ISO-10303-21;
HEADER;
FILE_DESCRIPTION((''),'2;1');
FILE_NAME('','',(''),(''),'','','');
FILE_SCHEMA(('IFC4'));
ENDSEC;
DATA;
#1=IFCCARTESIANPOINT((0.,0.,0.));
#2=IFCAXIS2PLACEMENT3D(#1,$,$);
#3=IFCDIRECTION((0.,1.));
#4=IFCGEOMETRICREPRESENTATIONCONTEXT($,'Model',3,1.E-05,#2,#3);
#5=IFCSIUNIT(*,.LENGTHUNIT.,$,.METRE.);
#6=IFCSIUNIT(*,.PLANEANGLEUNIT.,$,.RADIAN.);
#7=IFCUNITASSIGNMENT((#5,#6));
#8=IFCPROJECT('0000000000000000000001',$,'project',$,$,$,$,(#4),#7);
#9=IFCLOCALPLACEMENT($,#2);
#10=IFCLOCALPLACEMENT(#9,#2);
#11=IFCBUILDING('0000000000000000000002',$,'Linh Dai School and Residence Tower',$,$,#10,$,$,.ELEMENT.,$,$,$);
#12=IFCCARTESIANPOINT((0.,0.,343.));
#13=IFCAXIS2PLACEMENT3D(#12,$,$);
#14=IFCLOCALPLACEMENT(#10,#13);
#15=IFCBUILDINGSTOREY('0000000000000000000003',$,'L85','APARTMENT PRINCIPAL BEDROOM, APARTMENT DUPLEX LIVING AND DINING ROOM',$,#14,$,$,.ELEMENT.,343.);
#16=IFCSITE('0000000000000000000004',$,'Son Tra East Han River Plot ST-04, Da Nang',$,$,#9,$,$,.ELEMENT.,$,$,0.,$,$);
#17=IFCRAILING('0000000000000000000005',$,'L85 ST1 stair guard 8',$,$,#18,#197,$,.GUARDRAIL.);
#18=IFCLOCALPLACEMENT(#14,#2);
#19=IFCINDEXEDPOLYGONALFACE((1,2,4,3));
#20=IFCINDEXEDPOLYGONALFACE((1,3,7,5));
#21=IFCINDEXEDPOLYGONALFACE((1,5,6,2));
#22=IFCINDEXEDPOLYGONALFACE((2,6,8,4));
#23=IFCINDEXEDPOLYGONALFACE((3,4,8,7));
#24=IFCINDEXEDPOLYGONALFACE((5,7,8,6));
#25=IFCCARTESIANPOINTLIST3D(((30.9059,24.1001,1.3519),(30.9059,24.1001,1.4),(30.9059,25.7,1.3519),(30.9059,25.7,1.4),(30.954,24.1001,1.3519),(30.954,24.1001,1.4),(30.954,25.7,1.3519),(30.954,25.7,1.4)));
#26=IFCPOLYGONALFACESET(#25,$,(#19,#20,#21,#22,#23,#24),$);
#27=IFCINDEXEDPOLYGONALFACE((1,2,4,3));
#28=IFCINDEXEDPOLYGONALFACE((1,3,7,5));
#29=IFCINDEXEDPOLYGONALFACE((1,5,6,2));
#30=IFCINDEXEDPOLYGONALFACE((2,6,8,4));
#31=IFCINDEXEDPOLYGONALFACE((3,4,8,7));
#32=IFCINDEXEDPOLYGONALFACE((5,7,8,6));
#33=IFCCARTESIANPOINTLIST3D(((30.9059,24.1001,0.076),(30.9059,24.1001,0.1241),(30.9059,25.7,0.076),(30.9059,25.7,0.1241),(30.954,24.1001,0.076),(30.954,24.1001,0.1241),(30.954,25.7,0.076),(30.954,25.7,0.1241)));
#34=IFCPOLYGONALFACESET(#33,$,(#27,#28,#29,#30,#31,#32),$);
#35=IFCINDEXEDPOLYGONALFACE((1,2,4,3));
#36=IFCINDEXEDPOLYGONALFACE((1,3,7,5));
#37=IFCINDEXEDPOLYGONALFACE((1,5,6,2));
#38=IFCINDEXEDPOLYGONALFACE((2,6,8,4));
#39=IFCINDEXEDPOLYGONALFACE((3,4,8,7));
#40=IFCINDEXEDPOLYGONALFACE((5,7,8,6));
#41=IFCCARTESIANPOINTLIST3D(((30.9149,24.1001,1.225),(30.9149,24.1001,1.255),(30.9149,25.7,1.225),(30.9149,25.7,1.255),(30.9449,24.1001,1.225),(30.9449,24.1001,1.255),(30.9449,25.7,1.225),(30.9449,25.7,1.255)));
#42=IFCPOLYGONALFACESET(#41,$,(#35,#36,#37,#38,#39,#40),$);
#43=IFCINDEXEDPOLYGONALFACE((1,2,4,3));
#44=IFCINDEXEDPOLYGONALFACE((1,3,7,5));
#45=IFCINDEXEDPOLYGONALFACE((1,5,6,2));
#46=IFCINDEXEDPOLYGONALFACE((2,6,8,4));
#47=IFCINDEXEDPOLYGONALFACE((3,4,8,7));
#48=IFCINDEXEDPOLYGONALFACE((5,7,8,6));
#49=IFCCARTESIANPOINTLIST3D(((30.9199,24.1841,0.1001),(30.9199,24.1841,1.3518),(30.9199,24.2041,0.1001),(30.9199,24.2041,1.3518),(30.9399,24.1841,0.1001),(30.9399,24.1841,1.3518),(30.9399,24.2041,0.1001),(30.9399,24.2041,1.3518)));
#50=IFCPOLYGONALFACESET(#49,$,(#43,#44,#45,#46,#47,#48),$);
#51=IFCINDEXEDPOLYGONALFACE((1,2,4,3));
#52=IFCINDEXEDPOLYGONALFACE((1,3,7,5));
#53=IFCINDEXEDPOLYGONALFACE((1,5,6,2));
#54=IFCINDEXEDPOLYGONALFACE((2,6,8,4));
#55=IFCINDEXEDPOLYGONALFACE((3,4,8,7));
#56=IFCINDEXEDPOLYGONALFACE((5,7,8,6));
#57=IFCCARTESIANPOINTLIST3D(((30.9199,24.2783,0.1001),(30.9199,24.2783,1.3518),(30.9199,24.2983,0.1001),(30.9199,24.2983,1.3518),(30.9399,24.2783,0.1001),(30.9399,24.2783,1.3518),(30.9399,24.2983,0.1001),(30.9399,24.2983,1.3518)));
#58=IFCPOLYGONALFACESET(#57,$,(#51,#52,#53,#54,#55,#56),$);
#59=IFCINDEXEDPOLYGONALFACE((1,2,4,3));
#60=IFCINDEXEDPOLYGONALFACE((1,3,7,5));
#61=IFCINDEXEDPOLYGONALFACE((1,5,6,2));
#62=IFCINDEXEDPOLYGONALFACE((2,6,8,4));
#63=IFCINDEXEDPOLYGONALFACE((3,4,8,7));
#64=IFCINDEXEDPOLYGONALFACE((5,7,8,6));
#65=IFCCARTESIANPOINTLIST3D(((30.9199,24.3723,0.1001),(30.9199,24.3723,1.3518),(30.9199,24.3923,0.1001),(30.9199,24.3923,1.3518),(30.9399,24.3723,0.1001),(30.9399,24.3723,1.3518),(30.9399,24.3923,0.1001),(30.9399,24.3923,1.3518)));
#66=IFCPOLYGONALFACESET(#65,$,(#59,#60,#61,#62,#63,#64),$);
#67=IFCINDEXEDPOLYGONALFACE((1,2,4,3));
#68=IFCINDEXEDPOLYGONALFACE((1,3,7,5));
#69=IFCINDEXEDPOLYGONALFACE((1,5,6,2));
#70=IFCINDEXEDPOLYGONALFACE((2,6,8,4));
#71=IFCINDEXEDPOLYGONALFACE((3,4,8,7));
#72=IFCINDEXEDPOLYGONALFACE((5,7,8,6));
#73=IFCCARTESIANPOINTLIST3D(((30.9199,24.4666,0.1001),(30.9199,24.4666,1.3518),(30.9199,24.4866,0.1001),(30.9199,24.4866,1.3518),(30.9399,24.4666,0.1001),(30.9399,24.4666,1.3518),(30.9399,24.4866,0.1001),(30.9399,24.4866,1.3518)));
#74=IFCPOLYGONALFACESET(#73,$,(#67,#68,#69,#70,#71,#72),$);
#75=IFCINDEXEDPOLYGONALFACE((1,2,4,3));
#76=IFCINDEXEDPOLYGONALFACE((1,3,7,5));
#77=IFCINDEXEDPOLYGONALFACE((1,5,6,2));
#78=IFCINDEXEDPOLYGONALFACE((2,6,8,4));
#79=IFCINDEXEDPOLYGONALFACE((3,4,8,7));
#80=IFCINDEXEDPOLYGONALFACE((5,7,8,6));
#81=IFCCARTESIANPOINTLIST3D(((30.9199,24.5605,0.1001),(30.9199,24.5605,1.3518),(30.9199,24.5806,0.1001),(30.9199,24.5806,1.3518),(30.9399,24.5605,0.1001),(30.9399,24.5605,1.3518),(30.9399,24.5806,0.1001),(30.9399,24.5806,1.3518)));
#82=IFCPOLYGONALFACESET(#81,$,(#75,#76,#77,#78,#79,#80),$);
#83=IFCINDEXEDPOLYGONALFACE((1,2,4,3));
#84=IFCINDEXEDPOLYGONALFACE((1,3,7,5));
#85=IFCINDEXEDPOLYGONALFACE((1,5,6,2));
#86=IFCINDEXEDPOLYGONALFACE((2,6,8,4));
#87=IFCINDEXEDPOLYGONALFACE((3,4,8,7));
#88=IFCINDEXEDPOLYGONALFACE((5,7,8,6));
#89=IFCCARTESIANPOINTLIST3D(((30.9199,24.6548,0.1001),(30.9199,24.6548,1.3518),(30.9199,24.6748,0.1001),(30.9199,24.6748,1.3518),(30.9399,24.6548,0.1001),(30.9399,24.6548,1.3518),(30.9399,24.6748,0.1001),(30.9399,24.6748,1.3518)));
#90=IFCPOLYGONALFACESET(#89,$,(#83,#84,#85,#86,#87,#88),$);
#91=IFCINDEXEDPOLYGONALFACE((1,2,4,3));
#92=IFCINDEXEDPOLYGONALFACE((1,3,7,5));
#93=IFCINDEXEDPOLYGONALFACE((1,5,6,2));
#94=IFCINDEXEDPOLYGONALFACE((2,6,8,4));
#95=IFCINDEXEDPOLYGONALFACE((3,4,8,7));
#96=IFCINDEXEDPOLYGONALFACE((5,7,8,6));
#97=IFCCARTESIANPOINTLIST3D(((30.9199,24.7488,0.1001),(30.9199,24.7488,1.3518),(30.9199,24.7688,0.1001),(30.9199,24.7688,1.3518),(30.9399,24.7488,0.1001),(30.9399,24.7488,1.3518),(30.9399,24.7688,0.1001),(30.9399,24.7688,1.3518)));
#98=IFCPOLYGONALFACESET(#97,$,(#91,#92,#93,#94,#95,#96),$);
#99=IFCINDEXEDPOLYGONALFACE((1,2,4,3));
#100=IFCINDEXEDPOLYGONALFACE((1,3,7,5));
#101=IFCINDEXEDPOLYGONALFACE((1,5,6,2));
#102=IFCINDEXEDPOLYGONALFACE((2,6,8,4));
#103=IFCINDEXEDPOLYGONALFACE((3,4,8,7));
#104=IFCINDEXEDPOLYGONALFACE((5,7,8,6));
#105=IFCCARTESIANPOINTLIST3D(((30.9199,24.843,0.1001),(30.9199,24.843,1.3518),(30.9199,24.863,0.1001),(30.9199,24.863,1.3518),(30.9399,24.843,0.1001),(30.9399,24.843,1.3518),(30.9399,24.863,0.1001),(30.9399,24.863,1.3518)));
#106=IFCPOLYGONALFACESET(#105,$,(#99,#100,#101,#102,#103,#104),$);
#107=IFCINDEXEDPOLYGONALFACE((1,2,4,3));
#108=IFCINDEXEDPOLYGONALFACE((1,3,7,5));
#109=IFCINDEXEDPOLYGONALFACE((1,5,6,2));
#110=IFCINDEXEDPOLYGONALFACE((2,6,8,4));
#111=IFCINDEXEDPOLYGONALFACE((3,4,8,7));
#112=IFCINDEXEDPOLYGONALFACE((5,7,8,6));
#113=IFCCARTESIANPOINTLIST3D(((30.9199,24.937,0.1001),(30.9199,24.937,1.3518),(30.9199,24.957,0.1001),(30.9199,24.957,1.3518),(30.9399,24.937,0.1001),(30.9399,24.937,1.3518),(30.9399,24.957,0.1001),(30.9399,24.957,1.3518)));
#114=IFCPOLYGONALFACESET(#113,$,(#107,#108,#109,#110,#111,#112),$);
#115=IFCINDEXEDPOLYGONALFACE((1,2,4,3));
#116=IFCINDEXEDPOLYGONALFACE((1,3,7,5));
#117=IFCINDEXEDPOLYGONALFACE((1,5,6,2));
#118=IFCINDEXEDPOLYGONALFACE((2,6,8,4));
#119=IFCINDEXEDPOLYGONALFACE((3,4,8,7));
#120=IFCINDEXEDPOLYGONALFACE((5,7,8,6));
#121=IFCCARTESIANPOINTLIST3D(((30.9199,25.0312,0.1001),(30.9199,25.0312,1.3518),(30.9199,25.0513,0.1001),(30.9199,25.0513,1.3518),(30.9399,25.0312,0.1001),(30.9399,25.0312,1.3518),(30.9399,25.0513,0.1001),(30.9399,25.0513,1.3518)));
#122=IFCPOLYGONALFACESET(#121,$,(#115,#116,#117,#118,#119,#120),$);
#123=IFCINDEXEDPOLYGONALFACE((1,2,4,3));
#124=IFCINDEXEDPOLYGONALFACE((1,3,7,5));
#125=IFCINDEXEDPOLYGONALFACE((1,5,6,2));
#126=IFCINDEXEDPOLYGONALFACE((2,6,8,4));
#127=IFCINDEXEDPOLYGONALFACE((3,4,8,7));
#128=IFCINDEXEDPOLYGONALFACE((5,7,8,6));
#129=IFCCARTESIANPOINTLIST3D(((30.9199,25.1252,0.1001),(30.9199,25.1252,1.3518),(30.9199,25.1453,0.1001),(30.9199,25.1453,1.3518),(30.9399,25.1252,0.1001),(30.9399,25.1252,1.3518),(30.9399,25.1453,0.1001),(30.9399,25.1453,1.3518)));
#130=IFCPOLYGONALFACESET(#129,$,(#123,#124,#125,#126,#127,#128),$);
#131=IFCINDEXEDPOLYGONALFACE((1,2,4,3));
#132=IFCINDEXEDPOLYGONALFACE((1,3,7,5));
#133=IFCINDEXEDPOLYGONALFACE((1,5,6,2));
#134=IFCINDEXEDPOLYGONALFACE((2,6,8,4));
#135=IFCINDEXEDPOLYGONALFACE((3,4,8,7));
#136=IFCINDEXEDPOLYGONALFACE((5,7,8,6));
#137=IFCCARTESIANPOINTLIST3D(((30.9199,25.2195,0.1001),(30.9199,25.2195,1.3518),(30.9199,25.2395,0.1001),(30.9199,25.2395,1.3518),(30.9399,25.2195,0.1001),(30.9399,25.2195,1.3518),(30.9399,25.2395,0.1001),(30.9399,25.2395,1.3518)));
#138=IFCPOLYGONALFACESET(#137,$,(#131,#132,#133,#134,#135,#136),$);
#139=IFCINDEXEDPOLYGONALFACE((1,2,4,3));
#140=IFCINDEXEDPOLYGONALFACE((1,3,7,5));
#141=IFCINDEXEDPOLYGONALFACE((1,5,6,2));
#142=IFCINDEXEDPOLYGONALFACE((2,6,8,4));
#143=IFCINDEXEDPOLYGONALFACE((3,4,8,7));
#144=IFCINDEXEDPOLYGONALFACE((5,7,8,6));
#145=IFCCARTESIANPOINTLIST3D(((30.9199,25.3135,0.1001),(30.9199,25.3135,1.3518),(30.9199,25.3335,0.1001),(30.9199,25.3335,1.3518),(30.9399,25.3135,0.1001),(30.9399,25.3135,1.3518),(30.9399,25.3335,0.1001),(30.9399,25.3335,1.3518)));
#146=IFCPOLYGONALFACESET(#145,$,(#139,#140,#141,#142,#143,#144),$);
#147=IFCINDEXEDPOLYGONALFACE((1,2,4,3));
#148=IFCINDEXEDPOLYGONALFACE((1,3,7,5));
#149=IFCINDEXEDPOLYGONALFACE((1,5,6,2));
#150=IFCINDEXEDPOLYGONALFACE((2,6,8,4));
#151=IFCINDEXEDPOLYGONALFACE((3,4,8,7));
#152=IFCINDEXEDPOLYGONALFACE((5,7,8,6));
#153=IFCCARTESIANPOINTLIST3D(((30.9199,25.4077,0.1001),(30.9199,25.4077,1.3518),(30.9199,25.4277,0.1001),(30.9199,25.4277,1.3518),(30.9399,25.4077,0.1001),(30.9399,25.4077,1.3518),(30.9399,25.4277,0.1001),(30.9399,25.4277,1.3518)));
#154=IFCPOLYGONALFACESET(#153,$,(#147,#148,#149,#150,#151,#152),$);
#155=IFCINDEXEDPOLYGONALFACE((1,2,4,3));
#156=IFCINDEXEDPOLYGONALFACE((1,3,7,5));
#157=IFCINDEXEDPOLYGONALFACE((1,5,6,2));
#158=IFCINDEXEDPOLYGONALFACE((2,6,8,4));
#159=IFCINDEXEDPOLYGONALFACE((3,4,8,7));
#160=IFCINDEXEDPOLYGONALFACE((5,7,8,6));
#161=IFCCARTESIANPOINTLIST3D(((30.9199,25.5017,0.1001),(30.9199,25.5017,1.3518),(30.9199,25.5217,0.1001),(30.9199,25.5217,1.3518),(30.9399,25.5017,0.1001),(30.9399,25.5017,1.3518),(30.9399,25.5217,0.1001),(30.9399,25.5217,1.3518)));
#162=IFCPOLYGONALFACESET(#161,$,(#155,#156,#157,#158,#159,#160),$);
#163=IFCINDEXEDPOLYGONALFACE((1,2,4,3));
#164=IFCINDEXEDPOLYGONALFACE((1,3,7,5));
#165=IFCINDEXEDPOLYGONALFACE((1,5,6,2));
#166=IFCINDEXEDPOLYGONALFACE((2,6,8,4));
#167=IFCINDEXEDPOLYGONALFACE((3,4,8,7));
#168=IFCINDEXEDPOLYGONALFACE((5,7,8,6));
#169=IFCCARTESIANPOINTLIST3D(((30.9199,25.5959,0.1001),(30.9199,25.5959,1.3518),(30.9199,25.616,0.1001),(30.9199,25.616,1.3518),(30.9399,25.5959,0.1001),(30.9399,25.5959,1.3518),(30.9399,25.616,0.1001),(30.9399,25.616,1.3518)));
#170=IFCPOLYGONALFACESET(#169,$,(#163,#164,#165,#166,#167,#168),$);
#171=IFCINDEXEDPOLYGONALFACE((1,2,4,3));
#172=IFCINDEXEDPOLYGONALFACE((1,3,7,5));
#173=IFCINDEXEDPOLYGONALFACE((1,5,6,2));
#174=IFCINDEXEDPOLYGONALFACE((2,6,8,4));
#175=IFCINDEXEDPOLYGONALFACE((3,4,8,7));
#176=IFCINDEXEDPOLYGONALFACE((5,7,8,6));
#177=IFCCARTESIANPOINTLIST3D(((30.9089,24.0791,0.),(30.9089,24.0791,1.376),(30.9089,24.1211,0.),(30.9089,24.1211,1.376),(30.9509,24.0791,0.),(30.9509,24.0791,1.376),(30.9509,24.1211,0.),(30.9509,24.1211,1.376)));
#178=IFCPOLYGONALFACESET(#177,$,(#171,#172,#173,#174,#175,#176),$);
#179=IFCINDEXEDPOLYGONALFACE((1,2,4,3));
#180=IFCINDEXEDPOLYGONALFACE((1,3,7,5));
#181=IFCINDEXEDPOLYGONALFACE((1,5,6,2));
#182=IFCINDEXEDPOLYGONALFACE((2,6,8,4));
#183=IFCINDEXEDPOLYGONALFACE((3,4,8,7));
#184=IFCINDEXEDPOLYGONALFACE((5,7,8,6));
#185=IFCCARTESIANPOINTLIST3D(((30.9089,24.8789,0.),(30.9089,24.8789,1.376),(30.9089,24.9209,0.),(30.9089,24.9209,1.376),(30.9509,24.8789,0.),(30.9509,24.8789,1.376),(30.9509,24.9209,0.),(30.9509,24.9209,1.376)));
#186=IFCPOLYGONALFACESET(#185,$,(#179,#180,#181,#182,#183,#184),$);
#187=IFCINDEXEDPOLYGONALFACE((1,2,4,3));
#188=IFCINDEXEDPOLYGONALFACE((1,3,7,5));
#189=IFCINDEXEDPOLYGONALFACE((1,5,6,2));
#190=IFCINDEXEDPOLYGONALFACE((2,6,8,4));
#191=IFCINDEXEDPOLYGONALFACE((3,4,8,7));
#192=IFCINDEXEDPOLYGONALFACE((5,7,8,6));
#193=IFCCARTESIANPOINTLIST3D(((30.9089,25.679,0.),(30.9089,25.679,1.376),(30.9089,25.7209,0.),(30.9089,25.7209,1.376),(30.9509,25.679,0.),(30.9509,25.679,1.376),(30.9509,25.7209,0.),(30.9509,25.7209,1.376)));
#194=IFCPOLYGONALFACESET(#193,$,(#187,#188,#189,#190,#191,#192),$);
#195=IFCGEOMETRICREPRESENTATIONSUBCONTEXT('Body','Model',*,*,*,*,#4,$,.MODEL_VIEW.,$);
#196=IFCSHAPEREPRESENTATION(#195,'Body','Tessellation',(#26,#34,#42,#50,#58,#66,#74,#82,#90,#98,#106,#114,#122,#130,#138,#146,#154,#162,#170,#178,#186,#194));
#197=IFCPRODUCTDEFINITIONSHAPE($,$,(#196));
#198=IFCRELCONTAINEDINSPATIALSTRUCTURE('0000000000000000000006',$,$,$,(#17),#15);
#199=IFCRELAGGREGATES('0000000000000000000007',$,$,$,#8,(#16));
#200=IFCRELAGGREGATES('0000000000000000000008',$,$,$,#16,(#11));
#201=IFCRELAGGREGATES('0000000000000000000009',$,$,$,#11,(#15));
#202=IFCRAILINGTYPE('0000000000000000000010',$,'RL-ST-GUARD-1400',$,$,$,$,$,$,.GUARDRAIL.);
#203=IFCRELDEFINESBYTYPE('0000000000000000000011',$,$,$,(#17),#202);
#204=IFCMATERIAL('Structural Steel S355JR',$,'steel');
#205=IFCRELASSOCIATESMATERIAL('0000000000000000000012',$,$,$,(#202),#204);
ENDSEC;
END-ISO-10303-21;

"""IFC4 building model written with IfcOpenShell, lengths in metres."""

from ifc_helpers import new_model, si_unit, direction, frame, origin, origin_2d, place, context, subcontext, project, spatial, rectangle, extrude, source, transform, mapped, material, type_object, element, save


model = new_model("IFC4")

# Units and contexts
model_context = context("Model", 3, precision=1e-05, world=origin(), true_north=direction((0.0, 1.0)))
body_context = subcontext(model_context, "Body", "Model", "MODEL_VIEW")
ifc_project = project(units=[si_unit("LENGTHUNIT", "METRE"), si_unit("PLANEANGLEUNIT", "RADIAN")], contexts=[model_context])

# Site, building, storey
site_placement = place(None, origin())
site = spatial("IfcSite", under=ifc_project, at=site_placement, Name="Son Tra East Han River Plot ST-04, Da Nang", CompositionType="ELEMENT", RefElevation=0.0)
building_placement = place(site_placement, origin())
building = spatial("IfcBuilding", under=site, at=building_placement, Name="Linh Dai School and Residence Tower", CompositionType="ELEMENT")
storey_placement = place(building_placement, frame((0.0, 0.0, 343.0)))
storey = spatial("IfcBuildingStorey", under=building, at=storey_placement, Name="L85", Description="APARTMENT PRINCIPAL BEDROOM, APARTMENT DUPLEX LIVING AND DINING ROOM", CompositionType="ELEMENT", Elevation=343.0)

# Shared definitions
ifc_material_1 = material(Name="Structural Steel S355JR", Category="steel")

# Railing
railing_type_1 = type_object("IfcRailingType", Name="RL-ST-GUARD-1400", PredefinedType="GUARDRAIL", material=ifc_material_1)
shared_shape_1 = source(origin(), body_context, "Body", "SweptSolid", [
    extrude(rectangle(XDim=0.0481, YDim=0.0481, at=origin_2d()), frame((0.0, 0.0, 1.376), z_axis=(0.0, 1.0, 0.0), x_axis=(-1.0, 0.0, 0.0)), (0.0, 0.0, 1.0), 1.5999),
    extrude(rectangle(XDim=0.0481, YDim=0.0481, at=origin_2d()), frame((0.0, 0.0, 0.1001), z_axis=(0.0, 1.0, 0.0), x_axis=(-1.0, 0.0, 0.0)), (0.0, 0.0, 1.0), 1.5999),
    extrude(rectangle(XDim=0.03, YDim=0.03, at=origin_2d()), frame((0.0, 0.0, 1.24), z_axis=(0.0, 1.0, 0.0), x_axis=(-1.0, 0.0, 0.0)), (0.0, 0.0, 1.0), 1.5999),
    extrude(rectangle(XDim=0.02, YDim=0.02, at=origin_2d()), frame((0.0, 0.094, 0.1001)), (0.0, 0.0, 1.0), 1.2517),
    extrude(rectangle(XDim=0.02, YDim=0.02, at=origin_2d()), frame((0.0, 0.1882, 0.1001)), (0.0, 0.0, 1.0), 1.2517),
    extrude(rectangle(XDim=0.02, YDim=0.02, at=origin_2d()), frame((0.0, 0.2822, 0.1001)), (0.0, 0.0, 1.0), 1.2517),
    extrude(rectangle(XDim=0.02, YDim=0.02, at=origin_2d()), frame((0.0, 0.3765, 0.1001)), (0.0, 0.0, 1.0), 1.2517),
    extrude(rectangle(XDim=0.02, YDim=0.02, at=origin_2d()), frame((0.0, 0.4705, 0.1001)), (0.0, 0.0, 1.0), 1.2517),
    extrude(rectangle(XDim=0.02, YDim=0.02, at=origin_2d()), frame((0.0, 0.5647, 0.1001)), (0.0, 0.0, 1.0), 1.2517),
    extrude(rectangle(XDim=0.02, YDim=0.02, at=origin_2d()), frame((0.0, 0.6587, 0.1001)), (0.0, 0.0, 1.0), 1.2517),
    extrude(rectangle(XDim=0.02, YDim=0.02, at=origin_2d()), frame((0.0, 0.7529, 0.1001)), (0.0, 0.0, 1.0), 1.2517),
    extrude(rectangle(XDim=0.02, YDim=0.02, at=origin_2d()), frame((0.0, 0.8469, 0.1001)), (0.0, 0.0, 1.0), 1.2517),
    extrude(rectangle(XDim=0.02, YDim=0.02, at=origin_2d()), frame((0.0, 0.9412, 0.1001)), (0.0, 0.0, 1.0), 1.2517),
    extrude(rectangle(XDim=0.02, YDim=0.02, at=origin_2d()), frame((0.0, 1.0352, 0.1001)), (0.0, 0.0, 1.0), 1.2517),
    extrude(rectangle(XDim=0.02, YDim=0.02, at=origin_2d()), frame((0.0, 1.1294, 0.1001)), (0.0, 0.0, 1.0), 1.2517),
    extrude(rectangle(XDim=0.02, YDim=0.02, at=origin_2d()), frame((0.0, 1.2234, 0.1001)), (0.0, 0.0, 1.0), 1.2517),
    extrude(rectangle(XDim=0.02, YDim=0.02, at=origin_2d()), frame((0.0, 1.3176, 0.1001)), (0.0, 0.0, 1.0), 1.2517),
    extrude(rectangle(XDim=0.02, YDim=0.02, at=origin_2d()), frame((0.0, 1.4116, 0.1001)), (0.0, 0.0, 1.0), 1.2517),
    extrude(rectangle(XDim=0.02, YDim=0.02, at=origin_2d()), frame((0.0, 1.5059, 0.1001)), (0.0, 0.0, 1.0), 1.2517),
    extrude(rectangle(XDim=0.042, YDim=0.042, at=origin_2d()), origin(), (0.0, 0.0, 1.0), 1.376),
    extrude(rectangle(XDim=0.042, YDim=0.042, at=origin_2d()), frame((0.0, 0.7998, 0.0)), (0.0, 0.0, 1.0), 1.376),
    extrude(rectangle(XDim=0.042, YDim=0.042, at=origin_2d()), frame((0.0, 1.5999, 0.0)), (0.0, 0.0, 1.0), 1.376),
])
for number, where, name in (
    (1, (30.9299, 24.1001, 0.0), "L85 ST1 stair guard 8"),
):
    element("IfcRailing", number, at=place(storey_placement, frame(where)), inside=storey, type_object=railing_type_1, Name=name, PredefinedType="GUARDRAIL", context=body_context, shape_type="MappedRepresentation", body=[
        mapped(shared_shape_1, transform((0.0, 0.0, 0.0), x_axis=(1.0, 0.0, 0.0), y_axis=(0.0, 1.0, 0.0), z_axis=(0.0, 0.0, 1.0), scale=1.0)),
    ])

save(model, "model.ifc")
